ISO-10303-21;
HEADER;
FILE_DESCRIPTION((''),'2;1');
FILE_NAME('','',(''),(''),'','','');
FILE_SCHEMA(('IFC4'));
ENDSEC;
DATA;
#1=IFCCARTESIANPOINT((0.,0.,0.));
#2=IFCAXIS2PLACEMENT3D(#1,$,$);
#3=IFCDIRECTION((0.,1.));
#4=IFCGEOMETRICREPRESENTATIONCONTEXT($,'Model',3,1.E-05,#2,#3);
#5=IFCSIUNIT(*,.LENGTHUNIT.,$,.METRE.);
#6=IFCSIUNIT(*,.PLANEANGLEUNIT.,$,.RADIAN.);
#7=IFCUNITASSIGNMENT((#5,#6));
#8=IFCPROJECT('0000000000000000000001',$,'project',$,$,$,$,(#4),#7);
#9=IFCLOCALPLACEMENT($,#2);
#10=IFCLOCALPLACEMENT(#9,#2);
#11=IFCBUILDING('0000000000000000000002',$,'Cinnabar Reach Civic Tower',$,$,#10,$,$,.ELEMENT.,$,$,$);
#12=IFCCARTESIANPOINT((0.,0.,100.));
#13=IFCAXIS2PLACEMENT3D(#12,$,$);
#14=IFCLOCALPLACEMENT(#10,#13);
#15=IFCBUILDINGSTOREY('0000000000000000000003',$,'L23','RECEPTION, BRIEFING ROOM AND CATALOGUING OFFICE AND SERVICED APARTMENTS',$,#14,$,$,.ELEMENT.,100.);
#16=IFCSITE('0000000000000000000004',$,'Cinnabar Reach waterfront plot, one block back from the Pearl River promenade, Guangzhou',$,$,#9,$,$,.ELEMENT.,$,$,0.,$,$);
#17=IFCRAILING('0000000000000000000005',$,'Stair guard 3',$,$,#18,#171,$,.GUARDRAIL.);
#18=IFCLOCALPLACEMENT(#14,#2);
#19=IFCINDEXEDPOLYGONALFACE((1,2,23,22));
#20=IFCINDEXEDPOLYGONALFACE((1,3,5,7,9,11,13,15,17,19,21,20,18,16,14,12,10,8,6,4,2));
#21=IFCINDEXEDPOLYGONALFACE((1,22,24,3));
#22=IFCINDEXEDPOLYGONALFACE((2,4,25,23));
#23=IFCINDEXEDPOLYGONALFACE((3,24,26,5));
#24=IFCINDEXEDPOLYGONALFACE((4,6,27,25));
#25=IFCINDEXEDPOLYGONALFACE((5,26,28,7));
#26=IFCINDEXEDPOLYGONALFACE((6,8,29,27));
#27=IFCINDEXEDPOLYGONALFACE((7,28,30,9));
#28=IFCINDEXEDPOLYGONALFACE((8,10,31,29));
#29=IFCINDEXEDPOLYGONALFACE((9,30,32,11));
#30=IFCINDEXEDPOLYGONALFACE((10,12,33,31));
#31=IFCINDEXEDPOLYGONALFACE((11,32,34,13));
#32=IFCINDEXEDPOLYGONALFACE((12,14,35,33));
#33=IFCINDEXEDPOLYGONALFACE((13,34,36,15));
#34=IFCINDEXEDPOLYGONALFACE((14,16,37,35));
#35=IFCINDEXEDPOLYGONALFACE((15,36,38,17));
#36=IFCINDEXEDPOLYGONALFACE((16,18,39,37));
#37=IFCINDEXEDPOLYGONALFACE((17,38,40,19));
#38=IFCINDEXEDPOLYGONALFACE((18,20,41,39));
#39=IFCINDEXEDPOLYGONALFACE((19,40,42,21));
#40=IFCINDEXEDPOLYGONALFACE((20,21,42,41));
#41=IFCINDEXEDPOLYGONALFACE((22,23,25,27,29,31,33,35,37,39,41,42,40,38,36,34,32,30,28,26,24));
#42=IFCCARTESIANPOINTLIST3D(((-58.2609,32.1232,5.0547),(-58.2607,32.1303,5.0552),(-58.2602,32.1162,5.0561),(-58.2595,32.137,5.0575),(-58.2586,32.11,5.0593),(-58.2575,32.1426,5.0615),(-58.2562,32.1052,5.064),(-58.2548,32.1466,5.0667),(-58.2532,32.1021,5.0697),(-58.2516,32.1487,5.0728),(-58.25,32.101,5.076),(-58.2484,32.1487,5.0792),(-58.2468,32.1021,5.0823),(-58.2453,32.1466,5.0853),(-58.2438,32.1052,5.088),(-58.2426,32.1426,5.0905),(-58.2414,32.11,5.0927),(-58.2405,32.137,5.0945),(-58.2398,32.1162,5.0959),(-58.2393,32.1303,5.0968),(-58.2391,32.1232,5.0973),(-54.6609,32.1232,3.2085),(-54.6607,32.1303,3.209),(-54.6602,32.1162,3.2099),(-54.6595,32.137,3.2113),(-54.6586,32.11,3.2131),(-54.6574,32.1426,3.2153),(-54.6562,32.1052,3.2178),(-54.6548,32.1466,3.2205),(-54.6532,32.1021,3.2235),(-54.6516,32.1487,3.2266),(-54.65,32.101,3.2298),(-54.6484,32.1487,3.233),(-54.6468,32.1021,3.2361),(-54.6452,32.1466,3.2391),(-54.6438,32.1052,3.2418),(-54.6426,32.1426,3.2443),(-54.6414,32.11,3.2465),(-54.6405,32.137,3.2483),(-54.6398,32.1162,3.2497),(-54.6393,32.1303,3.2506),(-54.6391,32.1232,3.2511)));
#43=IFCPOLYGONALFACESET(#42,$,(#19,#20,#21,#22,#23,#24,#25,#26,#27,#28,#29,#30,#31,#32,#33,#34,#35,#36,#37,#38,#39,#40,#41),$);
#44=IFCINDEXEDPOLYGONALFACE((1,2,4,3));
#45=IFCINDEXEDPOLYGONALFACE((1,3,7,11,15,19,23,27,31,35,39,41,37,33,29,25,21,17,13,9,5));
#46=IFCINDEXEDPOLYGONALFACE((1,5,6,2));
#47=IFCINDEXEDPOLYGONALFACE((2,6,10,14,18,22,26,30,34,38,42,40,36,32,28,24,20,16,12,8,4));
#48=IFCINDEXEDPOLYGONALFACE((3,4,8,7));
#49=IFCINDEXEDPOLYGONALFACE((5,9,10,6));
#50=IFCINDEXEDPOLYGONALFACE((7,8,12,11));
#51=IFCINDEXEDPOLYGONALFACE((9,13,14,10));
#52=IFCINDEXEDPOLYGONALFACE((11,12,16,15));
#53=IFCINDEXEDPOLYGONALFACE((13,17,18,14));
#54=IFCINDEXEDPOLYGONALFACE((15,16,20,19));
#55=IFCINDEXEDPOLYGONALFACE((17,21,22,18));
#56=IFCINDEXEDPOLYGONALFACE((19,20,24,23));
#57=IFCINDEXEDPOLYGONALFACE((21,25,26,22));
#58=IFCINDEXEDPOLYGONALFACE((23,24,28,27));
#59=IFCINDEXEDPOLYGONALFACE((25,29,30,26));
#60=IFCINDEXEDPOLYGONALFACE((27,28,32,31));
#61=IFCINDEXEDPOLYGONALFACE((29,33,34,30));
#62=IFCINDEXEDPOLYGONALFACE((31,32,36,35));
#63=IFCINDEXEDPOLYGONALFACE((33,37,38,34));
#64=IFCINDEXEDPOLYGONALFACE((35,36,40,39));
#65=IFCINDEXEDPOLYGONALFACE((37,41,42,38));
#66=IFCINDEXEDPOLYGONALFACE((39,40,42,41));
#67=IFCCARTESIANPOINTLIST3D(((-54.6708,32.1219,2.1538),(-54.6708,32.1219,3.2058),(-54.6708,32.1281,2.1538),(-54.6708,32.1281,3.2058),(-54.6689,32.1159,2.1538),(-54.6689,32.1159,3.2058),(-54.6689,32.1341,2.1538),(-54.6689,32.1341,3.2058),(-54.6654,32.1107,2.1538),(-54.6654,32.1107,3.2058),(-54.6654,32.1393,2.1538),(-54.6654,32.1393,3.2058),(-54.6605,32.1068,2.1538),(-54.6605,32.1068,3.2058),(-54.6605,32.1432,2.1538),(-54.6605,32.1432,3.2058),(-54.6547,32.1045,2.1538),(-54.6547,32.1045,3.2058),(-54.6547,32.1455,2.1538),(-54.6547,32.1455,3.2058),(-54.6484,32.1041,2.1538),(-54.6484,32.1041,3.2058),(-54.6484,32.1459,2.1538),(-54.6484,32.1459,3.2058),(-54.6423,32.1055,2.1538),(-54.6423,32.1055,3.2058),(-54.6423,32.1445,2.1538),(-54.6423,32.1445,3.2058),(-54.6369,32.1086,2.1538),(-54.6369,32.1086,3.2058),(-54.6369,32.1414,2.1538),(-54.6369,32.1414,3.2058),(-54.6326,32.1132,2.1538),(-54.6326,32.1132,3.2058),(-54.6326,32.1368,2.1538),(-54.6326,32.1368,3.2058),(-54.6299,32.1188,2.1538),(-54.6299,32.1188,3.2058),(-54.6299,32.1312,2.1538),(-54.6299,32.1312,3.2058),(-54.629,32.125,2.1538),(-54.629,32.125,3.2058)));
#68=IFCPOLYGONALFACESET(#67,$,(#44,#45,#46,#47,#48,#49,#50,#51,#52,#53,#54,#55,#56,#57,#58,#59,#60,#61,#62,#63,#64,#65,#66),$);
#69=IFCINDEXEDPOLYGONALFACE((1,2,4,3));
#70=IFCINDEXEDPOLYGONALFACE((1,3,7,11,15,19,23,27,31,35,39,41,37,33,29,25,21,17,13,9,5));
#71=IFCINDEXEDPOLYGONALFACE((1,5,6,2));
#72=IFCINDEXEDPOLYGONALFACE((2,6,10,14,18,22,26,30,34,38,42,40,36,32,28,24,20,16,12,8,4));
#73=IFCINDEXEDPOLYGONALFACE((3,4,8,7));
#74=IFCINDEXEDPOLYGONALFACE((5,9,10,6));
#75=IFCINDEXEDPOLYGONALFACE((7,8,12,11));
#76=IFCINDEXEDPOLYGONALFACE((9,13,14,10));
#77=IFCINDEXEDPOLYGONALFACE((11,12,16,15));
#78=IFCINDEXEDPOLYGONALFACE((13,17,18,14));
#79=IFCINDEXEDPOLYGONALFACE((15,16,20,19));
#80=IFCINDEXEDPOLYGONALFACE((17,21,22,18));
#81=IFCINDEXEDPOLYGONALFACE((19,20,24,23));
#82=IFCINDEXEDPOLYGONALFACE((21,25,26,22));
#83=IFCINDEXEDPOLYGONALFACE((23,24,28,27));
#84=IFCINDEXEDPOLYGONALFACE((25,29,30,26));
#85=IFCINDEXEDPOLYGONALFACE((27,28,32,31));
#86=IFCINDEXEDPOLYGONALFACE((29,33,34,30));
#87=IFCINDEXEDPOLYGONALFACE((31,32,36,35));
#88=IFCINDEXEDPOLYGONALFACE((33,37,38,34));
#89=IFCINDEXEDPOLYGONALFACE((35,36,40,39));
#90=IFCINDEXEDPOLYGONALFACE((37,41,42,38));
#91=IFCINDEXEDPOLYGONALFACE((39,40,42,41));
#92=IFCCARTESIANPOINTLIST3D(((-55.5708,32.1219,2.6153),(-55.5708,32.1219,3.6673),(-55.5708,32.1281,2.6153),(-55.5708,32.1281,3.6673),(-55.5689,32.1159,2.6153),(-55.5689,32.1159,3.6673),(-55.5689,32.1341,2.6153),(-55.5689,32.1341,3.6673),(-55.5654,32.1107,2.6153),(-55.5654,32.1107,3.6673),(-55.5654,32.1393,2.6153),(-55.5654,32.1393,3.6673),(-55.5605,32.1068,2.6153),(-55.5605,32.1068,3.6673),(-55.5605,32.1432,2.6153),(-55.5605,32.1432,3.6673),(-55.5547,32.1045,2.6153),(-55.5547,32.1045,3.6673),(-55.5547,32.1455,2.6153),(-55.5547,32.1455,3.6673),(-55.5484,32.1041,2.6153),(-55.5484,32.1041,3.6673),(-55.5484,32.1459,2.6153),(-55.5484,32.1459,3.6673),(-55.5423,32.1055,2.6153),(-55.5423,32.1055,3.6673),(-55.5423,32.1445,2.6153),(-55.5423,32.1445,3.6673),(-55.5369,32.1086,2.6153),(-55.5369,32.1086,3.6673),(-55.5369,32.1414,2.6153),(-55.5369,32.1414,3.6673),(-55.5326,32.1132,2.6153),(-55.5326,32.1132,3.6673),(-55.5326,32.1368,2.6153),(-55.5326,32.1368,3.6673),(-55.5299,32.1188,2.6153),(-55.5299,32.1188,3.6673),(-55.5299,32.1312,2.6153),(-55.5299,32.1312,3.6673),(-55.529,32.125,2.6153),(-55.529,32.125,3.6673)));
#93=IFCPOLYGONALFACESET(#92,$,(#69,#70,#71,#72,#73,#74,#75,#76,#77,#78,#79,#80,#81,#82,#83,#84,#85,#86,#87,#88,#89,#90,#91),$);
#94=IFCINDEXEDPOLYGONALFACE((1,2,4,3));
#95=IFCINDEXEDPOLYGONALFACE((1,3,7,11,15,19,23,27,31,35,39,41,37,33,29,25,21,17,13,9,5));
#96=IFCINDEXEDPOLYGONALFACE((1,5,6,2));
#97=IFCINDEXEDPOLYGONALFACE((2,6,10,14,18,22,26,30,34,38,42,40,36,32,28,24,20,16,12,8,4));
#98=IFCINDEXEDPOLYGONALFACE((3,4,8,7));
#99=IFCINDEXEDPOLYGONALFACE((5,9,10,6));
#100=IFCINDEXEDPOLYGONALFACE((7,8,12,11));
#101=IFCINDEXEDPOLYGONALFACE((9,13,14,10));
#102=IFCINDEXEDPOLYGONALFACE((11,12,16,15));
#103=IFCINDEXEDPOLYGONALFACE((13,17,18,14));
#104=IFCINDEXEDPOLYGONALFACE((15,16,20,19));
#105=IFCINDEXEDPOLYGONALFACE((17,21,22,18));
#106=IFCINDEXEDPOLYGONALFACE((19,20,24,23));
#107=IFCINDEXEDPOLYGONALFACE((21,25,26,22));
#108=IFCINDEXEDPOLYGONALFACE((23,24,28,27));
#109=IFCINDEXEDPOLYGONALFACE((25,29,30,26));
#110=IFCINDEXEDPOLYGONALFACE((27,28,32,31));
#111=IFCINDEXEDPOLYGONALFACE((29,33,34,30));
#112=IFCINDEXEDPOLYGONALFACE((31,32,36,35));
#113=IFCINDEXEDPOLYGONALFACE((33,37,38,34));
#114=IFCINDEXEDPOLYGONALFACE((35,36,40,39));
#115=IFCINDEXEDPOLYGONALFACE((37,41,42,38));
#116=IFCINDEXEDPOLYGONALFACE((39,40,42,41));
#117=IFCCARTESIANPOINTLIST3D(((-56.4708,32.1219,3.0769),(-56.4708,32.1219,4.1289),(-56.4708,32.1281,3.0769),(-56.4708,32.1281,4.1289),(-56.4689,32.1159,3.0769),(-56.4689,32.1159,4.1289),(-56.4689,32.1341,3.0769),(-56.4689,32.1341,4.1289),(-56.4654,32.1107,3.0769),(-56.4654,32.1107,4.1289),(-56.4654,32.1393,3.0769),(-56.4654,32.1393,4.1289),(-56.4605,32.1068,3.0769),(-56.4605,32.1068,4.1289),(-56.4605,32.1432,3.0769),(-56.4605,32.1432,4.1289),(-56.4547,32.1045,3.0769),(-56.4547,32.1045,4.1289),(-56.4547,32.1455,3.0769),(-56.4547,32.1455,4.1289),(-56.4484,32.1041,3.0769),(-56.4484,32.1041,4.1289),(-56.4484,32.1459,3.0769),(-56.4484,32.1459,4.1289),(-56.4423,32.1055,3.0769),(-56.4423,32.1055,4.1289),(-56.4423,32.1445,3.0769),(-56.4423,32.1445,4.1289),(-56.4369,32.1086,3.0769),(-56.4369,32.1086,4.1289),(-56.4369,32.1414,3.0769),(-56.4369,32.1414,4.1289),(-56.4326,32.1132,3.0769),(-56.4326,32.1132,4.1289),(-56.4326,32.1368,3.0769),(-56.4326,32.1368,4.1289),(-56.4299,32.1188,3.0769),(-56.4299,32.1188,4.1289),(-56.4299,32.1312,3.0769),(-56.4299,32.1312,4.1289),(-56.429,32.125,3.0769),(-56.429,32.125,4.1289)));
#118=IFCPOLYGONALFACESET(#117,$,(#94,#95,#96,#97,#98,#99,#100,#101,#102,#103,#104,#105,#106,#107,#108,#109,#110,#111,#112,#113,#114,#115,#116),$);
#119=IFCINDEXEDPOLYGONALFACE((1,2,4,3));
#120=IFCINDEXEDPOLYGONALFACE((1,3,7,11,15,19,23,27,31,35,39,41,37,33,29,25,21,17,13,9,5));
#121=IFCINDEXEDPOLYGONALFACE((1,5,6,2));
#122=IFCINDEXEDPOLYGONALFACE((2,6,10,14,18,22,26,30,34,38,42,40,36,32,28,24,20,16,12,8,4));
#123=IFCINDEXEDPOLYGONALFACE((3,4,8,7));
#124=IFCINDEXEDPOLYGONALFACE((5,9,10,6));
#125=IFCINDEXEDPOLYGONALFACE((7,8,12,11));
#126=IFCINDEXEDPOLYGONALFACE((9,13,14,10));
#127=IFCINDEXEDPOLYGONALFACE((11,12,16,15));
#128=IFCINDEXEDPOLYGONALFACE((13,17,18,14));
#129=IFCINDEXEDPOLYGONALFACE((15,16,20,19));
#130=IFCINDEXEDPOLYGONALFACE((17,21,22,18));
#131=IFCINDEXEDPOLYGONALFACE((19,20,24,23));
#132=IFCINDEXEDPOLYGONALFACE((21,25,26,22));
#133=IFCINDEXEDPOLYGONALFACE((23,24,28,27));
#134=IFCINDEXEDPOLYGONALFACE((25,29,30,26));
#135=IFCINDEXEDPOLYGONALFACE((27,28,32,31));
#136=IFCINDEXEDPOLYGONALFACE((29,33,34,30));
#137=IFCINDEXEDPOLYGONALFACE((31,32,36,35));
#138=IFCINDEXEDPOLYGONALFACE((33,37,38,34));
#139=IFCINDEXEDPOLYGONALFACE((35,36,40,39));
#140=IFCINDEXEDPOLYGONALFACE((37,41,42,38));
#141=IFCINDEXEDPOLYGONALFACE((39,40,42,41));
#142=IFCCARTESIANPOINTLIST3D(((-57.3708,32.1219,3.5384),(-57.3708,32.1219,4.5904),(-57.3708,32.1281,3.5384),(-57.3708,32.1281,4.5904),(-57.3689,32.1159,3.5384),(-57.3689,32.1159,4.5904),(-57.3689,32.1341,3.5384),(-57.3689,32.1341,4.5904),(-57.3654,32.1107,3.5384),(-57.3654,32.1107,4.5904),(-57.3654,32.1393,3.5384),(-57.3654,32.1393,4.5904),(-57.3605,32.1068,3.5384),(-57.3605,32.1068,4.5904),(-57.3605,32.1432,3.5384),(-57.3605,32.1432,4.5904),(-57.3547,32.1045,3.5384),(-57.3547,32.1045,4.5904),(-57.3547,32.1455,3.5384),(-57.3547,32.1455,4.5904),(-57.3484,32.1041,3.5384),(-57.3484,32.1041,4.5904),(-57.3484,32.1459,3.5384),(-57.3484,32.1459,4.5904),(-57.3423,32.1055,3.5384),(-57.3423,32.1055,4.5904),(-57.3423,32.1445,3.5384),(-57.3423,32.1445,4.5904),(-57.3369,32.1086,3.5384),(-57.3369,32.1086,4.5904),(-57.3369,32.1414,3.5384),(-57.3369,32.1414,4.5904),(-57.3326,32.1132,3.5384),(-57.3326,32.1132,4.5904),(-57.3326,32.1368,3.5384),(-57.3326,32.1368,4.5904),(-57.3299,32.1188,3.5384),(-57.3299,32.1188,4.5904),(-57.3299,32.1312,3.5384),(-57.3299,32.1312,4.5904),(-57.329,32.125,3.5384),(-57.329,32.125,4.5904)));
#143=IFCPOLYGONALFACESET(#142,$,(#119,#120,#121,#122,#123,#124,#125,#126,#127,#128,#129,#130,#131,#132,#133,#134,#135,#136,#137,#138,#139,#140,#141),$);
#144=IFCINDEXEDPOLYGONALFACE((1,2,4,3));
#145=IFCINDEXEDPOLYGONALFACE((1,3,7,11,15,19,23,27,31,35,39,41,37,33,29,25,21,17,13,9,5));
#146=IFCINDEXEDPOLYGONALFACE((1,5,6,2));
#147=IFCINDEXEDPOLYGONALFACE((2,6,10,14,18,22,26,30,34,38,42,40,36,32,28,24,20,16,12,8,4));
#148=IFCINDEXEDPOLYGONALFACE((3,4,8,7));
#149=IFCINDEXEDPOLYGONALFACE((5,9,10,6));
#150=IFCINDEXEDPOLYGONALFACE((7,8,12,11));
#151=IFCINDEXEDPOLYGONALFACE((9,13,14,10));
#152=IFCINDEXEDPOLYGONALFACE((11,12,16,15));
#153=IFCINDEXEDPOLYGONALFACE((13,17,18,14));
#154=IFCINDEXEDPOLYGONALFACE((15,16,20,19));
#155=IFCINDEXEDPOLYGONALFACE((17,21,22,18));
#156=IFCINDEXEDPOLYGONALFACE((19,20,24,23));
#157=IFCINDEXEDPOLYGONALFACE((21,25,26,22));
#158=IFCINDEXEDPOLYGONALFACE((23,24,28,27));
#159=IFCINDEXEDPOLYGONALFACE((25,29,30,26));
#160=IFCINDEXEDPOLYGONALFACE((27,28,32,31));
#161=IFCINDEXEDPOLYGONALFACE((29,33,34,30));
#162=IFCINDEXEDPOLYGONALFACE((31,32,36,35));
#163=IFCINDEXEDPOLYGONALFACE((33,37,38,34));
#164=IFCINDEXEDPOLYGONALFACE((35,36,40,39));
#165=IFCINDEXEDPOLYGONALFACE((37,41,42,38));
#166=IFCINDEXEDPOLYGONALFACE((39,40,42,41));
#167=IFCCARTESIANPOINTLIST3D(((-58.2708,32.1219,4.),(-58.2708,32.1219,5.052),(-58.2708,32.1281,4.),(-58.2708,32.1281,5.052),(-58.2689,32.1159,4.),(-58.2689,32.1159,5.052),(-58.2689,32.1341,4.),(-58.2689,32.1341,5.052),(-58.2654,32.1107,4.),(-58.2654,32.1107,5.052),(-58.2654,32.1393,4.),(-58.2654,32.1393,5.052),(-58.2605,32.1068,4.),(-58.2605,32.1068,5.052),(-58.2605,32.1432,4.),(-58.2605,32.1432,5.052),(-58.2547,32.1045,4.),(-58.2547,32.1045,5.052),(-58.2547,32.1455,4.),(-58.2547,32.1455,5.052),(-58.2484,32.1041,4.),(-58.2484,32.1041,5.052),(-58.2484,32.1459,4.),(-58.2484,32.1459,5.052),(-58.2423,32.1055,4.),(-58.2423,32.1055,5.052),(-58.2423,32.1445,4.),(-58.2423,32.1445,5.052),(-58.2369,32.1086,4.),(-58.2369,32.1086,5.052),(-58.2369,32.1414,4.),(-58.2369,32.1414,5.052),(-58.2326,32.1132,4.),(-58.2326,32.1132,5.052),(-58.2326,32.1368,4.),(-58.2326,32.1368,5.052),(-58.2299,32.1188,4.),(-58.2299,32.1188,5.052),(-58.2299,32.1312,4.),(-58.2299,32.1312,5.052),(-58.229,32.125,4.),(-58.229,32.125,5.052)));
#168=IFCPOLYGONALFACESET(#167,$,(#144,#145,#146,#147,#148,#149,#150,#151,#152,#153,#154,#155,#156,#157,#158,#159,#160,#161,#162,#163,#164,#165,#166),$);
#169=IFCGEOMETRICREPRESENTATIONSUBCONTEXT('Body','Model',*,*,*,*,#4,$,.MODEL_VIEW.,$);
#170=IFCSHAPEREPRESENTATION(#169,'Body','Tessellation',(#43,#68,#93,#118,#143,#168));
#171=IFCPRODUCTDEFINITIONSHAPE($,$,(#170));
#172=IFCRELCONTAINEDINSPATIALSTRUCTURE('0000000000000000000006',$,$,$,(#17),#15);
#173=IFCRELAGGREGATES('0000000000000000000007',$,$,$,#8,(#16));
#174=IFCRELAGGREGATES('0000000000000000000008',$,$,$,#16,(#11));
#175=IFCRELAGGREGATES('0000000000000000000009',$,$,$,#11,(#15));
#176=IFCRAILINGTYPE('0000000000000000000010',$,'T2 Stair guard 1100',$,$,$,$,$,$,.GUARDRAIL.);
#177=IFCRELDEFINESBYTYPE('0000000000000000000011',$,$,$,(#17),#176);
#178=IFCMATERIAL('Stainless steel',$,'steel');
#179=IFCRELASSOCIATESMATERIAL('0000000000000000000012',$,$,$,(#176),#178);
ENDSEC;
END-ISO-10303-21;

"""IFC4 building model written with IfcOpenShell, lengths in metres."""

from ifc_helpers import new_model, si_unit, direction, frame, origin, origin_2d, place, context, subcontext, project, spatial, circle, extrude, material, type_object, element, save


model = new_model("IFC4")

# Units and contexts
model_context = context("Model", 3, precision=1e-05, world=origin(), true_north=direction((0.0, 1.0)))
body_context = subcontext(model_context, "Body", "Model", "MODEL_VIEW")
ifc_project = project(units=[si_unit("LENGTHUNIT", "METRE"), si_unit("PLANEANGLEUNIT", "RADIAN")], contexts=[model_context])

# Site, building, storey
site_placement = place(None, origin())
site = spatial("IfcSite", under=ifc_project, at=site_placement, Name="Cinnabar Reach waterfront plot, one block back from the Pearl River promenade, Guangzhou", CompositionType="ELEMENT", RefElevation=0.0)
building_placement = place(site_placement, origin())
building = spatial("IfcBuilding", under=site, at=building_placement, Name="Cinnabar Reach Civic Tower", CompositionType="ELEMENT")
storey_placement = place(building_placement, frame((0.0, 0.0, 100.0)))
storey = spatial("IfcBuildingStorey", under=building, at=storey_placement, Name="L23", Description="RECEPTION, BRIEFING ROOM AND CATALOGUING OFFICE AND SERVICED APARTMENTS", CompositionType="ELEMENT", Elevation=100.0)

# Railing
ifc_material_1 = material(Name="Stainless steel", Category="steel")
railing_type = type_object("IfcRailingType", Name="T2 Stair guard 1100", PredefinedType="GUARDRAIL", material=ifc_material_1)
railing_1_placement = place(storey_placement, frame((-54.65, 32.125, 2.1538)))
element("IfcRailing", 1, at=railing_1_placement, inside=storey, type_object=railing_type, Name="Stair guard 3", PredefinedType="GUARDRAIL", context=body_context, shape_type="SweptSolid", body=[
    extrude(circle(Radius=0.024, at=origin_2d()), frame((0.0, 0.0, 1.076), z_axis=(-0.889813, 0.0, 0.456326), x_axis=(0.0, -1.0, 0.0)), (0.0, 0.0, 1.0), 4.0458),
    extrude(circle(Radius=0.021, at=origin_2d()), origin(), (0.0, 0.0, 1.0), 1.052),
    extrude(circle(Radius=0.021, at=origin_2d()), frame((-0.9, 0.0, 0.4615)), (0.0, 0.0, 1.0), 1.052),
    extrude(circle(Radius=0.021, at=origin_2d()), frame((-1.8, 0.0, 0.9231)), (0.0, 0.0, 1.0), 1.052),
    extrude(circle(Radius=0.021, at=origin_2d()), frame((-2.7, 0.0, 1.3846)), (0.0, 0.0, 1.0), 1.052),
    extrude(circle(Radius=0.021, at=origin_2d()), frame((-3.6, 0.0, 1.8462)), (0.0, 0.0, 1.0), 1.052),
])

save(model, "model.ifc")
